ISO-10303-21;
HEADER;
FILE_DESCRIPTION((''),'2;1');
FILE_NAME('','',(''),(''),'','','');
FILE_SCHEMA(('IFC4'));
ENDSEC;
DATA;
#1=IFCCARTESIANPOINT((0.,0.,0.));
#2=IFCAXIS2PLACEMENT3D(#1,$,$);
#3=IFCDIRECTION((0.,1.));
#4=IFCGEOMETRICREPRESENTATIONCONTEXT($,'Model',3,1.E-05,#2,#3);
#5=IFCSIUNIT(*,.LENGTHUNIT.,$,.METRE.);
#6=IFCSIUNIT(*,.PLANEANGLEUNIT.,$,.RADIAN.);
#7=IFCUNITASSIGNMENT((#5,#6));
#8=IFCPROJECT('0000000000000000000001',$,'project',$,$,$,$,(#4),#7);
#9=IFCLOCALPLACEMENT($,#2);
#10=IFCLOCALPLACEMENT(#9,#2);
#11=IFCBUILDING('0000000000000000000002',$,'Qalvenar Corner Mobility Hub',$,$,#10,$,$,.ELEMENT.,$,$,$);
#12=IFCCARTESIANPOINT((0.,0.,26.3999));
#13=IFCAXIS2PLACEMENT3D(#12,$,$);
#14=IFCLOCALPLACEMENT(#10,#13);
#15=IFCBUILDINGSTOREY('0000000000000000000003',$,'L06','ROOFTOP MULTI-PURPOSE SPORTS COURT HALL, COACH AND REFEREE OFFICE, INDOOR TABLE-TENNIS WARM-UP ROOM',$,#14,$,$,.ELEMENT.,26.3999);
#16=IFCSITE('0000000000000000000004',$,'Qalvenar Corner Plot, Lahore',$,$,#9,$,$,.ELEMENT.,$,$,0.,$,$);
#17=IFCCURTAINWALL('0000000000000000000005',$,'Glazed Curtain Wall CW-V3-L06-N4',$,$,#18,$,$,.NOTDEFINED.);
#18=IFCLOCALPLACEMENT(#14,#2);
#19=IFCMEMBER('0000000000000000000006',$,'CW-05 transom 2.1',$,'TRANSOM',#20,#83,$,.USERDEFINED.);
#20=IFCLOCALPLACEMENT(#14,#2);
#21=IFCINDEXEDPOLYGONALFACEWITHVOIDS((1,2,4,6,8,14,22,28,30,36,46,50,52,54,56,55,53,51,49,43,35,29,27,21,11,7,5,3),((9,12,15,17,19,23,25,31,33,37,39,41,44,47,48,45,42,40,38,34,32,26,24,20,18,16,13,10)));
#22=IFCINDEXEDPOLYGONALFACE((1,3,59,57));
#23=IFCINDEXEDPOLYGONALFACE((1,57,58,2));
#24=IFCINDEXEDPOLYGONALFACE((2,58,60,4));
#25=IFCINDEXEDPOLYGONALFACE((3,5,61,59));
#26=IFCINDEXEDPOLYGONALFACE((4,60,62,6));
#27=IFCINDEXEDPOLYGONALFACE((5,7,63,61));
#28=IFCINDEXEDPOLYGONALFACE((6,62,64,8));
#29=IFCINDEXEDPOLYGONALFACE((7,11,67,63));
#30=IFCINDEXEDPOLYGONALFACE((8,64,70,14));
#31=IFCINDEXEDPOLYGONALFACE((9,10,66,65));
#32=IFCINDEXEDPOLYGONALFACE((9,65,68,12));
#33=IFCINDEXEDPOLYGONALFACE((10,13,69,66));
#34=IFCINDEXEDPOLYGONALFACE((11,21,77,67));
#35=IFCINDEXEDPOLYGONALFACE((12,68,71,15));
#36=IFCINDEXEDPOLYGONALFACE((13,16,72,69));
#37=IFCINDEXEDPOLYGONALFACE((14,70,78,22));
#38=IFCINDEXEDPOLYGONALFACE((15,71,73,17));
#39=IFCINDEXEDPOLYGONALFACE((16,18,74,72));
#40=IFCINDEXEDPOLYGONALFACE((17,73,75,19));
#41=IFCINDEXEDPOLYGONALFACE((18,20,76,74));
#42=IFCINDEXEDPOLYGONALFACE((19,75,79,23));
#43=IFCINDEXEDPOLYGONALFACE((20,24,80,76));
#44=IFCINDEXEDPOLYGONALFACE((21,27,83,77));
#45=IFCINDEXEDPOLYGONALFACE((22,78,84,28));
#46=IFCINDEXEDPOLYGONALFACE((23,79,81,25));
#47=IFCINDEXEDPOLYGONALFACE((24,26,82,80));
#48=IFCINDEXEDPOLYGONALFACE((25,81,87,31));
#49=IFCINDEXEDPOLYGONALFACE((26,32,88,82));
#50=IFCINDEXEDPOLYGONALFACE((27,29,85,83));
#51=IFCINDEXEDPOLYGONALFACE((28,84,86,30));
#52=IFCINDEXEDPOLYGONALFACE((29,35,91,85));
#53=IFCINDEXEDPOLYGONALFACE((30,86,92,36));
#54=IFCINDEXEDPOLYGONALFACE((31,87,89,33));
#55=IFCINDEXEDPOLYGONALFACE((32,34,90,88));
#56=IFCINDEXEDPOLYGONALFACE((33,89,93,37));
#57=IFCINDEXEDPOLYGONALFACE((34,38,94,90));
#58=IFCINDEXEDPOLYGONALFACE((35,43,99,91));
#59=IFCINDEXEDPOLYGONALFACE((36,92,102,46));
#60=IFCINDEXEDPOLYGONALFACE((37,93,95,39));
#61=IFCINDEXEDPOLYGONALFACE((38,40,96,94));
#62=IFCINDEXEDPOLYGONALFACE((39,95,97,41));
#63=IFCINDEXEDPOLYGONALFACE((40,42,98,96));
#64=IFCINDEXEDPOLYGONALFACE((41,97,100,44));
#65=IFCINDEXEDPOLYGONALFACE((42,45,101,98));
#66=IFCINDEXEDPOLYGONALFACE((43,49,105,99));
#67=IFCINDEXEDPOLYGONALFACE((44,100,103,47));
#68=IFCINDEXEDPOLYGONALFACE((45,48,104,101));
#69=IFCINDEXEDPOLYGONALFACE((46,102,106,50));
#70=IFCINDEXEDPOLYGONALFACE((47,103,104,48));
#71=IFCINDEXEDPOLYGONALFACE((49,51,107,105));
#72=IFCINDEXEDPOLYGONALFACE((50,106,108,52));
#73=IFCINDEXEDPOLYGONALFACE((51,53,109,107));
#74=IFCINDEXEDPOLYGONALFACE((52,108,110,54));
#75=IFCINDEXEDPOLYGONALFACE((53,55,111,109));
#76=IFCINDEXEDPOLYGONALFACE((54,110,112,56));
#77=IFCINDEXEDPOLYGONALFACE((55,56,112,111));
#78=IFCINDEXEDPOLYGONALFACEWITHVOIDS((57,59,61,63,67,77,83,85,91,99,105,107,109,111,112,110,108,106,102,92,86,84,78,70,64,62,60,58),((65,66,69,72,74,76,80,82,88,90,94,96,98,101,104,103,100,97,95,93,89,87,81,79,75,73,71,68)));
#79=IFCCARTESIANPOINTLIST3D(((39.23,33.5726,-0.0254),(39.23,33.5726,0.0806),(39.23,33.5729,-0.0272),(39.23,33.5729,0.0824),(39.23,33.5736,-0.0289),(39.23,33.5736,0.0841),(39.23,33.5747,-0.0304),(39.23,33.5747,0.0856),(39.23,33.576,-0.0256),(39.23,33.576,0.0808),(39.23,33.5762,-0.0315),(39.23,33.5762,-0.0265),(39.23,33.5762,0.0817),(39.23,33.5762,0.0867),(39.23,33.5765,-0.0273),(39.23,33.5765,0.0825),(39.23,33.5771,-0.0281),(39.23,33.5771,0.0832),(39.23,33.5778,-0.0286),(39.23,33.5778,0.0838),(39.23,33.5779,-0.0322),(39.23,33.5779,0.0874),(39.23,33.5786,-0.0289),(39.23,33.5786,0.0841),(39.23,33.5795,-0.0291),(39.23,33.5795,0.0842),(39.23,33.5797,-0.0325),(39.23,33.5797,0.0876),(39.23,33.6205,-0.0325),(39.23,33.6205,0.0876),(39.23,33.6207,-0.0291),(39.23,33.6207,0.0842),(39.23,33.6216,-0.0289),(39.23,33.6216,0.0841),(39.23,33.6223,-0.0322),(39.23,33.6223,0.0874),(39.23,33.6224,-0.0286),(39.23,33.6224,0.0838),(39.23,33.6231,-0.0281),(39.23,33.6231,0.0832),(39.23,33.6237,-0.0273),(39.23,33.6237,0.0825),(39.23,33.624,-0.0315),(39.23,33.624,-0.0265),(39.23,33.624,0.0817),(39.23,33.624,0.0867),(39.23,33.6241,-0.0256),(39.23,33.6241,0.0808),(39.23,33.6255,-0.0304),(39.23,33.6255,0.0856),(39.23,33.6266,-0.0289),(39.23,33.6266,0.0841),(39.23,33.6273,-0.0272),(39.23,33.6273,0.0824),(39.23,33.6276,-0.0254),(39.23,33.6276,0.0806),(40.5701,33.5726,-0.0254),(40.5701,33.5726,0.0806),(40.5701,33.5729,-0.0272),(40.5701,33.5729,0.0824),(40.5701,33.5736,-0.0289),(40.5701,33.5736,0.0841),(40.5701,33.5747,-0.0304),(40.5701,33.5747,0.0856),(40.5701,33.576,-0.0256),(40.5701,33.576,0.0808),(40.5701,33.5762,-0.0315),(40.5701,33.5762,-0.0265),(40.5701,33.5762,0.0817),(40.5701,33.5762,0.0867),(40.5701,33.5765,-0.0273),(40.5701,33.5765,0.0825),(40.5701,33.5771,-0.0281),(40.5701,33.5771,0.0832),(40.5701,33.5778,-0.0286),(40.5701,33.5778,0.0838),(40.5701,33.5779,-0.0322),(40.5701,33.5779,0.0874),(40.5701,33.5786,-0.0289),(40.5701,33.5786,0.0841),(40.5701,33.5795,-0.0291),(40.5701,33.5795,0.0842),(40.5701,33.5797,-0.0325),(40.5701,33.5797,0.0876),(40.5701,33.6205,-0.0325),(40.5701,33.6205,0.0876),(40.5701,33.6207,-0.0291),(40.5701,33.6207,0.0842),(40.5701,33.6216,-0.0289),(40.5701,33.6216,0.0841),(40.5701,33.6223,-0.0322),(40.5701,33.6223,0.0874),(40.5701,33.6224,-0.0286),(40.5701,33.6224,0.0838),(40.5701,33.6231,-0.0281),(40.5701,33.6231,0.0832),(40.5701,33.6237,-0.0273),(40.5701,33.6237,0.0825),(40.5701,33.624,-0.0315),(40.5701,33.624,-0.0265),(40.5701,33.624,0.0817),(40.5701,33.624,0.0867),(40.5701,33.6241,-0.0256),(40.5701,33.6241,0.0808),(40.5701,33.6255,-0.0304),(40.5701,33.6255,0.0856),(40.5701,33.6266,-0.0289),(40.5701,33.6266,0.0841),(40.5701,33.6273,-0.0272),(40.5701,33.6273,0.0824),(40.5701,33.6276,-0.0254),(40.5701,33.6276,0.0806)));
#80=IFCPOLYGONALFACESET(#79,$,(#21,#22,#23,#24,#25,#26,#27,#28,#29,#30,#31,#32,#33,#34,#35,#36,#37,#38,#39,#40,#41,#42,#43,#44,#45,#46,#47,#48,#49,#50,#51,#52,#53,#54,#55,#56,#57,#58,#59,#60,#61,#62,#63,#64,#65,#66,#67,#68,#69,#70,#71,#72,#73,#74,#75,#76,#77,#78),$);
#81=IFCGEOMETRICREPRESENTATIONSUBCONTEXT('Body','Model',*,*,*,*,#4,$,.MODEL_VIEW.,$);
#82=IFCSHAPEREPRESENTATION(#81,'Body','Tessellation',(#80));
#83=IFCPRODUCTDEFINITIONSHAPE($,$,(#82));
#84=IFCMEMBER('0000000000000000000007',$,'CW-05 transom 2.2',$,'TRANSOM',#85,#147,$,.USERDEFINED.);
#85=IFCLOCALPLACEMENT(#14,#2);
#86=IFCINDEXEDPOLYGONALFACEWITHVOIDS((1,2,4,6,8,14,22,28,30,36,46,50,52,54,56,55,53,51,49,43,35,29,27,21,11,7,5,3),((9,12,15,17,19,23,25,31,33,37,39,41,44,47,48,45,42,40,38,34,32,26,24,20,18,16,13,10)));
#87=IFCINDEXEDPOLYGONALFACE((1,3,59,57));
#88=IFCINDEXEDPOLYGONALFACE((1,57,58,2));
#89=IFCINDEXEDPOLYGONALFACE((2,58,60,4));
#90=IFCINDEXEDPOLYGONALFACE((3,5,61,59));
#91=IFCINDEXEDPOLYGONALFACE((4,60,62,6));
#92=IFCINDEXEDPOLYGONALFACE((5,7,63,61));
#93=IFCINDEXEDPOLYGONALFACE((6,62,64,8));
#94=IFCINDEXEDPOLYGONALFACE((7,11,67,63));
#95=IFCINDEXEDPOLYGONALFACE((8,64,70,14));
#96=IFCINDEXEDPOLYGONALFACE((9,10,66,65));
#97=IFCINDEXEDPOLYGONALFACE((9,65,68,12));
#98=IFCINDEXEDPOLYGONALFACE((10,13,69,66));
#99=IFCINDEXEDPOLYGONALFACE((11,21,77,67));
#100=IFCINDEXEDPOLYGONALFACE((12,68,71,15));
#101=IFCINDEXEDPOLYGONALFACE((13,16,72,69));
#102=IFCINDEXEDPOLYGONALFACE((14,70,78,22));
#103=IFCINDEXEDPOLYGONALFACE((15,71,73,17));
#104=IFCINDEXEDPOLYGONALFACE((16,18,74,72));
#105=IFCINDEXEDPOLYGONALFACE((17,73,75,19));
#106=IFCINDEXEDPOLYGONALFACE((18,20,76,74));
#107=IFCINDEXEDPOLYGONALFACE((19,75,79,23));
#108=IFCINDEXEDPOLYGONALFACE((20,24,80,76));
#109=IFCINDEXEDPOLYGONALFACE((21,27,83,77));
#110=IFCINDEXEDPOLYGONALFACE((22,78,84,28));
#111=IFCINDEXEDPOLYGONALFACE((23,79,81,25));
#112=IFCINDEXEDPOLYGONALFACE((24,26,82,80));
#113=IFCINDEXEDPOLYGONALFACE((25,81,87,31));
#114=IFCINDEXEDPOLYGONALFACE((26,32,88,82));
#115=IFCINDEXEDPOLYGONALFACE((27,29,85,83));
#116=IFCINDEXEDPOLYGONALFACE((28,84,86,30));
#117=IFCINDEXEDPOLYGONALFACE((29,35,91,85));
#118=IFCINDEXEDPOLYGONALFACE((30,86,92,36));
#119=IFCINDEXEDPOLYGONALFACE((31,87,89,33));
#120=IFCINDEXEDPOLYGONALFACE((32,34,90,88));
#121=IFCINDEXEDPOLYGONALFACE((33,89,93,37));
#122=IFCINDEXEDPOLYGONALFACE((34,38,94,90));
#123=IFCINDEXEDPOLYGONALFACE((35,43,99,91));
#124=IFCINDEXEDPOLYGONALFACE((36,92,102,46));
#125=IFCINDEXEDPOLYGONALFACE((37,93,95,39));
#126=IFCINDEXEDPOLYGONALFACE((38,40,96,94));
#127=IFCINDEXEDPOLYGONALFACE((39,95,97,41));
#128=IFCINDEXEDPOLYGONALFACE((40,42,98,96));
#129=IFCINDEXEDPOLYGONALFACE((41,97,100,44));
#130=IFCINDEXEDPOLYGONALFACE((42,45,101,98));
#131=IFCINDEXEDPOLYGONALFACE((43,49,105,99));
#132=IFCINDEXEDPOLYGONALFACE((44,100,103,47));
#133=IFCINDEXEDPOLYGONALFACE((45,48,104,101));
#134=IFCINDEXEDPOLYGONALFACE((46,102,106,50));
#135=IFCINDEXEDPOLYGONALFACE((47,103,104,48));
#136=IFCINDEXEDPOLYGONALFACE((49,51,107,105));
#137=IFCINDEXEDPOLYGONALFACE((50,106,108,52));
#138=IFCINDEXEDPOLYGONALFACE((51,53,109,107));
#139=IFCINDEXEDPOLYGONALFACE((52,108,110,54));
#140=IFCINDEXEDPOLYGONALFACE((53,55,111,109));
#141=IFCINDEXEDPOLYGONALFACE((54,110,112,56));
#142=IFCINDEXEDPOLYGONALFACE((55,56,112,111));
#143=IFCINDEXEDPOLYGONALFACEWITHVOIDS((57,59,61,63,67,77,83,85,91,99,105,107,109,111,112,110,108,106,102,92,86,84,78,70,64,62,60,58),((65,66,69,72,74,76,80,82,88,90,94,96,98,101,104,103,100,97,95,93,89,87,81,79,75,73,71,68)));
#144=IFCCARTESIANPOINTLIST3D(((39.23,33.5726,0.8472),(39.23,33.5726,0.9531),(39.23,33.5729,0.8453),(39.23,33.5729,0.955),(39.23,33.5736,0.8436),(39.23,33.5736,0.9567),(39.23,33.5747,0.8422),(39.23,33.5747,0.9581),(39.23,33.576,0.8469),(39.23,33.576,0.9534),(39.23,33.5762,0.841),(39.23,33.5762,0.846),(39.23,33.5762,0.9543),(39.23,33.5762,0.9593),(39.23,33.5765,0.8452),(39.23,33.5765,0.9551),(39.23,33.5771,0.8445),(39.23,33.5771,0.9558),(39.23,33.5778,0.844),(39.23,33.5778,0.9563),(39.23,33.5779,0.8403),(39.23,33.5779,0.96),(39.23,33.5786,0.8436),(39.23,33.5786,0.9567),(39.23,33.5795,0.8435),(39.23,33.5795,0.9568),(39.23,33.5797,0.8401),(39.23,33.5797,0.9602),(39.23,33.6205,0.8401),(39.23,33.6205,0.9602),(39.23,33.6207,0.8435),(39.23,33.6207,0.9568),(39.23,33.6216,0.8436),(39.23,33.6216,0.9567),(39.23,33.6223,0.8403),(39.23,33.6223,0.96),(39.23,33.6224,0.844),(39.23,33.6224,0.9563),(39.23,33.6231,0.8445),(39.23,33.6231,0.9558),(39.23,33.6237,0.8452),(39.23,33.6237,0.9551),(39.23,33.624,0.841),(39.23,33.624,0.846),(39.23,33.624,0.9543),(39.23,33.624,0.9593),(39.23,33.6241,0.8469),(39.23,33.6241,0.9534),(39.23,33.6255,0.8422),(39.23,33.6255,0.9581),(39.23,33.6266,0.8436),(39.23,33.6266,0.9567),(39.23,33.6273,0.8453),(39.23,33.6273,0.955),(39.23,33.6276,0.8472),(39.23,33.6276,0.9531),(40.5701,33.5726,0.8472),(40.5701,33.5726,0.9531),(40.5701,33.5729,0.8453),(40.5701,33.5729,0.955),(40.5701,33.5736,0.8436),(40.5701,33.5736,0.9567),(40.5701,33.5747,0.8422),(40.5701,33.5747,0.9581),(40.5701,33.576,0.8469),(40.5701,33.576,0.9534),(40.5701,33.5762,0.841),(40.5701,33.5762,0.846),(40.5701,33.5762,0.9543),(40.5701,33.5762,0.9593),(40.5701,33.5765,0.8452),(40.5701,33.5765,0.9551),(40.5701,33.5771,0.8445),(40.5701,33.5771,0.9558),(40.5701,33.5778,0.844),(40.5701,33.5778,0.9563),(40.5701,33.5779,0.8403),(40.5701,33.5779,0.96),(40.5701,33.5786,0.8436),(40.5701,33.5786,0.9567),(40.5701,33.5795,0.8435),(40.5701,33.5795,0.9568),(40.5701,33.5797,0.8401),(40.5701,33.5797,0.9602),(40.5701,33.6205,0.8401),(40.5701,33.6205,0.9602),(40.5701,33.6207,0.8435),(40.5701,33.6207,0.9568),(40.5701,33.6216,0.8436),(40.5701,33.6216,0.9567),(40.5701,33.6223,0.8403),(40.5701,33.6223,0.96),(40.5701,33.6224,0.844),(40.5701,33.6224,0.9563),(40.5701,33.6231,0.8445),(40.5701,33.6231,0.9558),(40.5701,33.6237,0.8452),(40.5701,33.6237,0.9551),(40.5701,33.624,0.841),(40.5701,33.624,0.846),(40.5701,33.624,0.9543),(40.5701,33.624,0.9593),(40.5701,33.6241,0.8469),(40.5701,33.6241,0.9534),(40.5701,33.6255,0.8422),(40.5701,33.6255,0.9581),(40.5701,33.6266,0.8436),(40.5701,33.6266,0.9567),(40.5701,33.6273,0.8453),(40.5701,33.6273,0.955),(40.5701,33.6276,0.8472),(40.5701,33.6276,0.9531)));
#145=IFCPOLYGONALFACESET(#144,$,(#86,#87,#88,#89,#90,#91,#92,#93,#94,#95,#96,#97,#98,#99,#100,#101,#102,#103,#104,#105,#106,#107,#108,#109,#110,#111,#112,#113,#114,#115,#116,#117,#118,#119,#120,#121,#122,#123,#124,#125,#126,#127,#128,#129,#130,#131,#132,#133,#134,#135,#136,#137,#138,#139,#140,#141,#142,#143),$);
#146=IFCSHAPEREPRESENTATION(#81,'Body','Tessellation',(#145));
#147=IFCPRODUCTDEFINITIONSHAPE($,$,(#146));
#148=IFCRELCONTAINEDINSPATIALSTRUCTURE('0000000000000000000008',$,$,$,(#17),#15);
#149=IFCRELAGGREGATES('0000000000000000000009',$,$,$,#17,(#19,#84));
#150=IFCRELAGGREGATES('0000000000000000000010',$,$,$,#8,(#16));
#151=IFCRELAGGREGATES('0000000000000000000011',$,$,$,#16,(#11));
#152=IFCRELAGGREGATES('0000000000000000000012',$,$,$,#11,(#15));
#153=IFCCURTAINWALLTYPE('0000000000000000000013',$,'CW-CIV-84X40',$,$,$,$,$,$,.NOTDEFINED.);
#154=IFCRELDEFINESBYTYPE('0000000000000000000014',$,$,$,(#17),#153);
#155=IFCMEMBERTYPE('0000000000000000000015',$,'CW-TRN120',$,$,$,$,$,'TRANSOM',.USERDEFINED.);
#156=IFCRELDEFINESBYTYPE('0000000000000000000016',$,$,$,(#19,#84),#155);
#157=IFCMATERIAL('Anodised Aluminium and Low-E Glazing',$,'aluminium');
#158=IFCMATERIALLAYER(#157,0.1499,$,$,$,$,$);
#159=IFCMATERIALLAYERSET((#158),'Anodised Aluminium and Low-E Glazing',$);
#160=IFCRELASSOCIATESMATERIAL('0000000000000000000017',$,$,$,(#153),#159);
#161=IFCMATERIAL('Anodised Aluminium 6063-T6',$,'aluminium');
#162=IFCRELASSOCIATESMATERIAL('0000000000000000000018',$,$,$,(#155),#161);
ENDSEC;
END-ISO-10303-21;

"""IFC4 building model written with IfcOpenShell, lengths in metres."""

from ifc_helpers import new_model, si_unit, direction, frame, origin, origin_2d, place, context, subcontext, project, spatial, hollow_rectangle, extrude, material, layer, layer_set, material_profile, profile_set, type_object, element, aggregate, save


model = new_model("IFC4")

# Units and contexts
model_context = context("Model", 3, precision=1e-05, world=origin(), true_north=direction((0.0, 1.0)))
body_context = subcontext(model_context, "Body", "Model", "MODEL_VIEW")
ifc_project = project(units=[si_unit("LENGTHUNIT", "METRE"), si_unit("PLANEANGLEUNIT", "RADIAN")], contexts=[model_context])

# Site, building, storey
site_placement = place(None, origin())
site = spatial("IfcSite", under=ifc_project, at=site_placement, Name="Qalvenar Corner Plot, Lahore", CompositionType="ELEMENT", RefElevation=0.0)
building_placement = place(site_placement, origin())
building = spatial("IfcBuilding", under=site, at=building_placement, Name="Qalvenar Corner Mobility Hub", CompositionType="ELEMENT")
storey_placement = place(building_placement, frame((0.0, 0.0, 26.3999)))
storey = spatial("IfcBuildingStorey", under=building, at=storey_placement, Name="L06", Description="ROOFTOP MULTI-PURPOSE SPORTS COURT HALL, COACH AND REFEREE OFFICE, INDOOR TABLE-TENNIS WARM-UP ROOM", CompositionType="ELEMENT", Elevation=26.3999)

# Curtain wall, members
ifc_material_1 = material(Name="Anodised Aluminium and Low-E Glazing", Category="aluminium")
ifc_layer_1 = layer(ifc_material_1, 0.1499)
ifc_layer_set_1 = layer_set([ifc_layer_1], Name="Anodised Aluminium and Low-E Glazing")
curtain_wall_type = type_object("IfcCurtainWallType", Name="CW-CIV-84X40", PredefinedType="NOTDEFINED", material=ifc_layer_set_1)
curtain_wall_placement = place(storey_placement, origin())
curtain_wall = element("IfcCurtainWall", 1, at=curtain_wall_placement, inside=storey, type_object=curtain_wall_type, Name="Glazed Curtain Wall CW-V3-L06-N4", PredefinedType="NOTDEFINED")
ifc_material_2 = material(Name="Anodised Aluminium 6063-T6", Category="aluminium")
ifc_material_profile_1 = material_profile(ifc_material_2, hollow_rectangle(XDim=0.0549, YDim=0.1201, WallThickness=0.0034, InnerFilletRadius=0.0034, OuterFilletRadius=0.0071, at=origin_2d()), Name="RHS120x55x3.5")
ifc_profile_set_1 = profile_set([ifc_material_profile_1], Name="Anodised Aluminium 6063-T6")
member_type_1 = type_object("IfcMemberType", Name="CW-TRN120", ElementType="TRANSOM", PredefinedType="USERDEFINED", material=ifc_profile_set_1)
member_1_placement = place(storey_placement, frame((40.5701, 33.6001, 0.0276), z_axis=(-1.0, 0.0, 0.0), x_axis=(0.0, -1.0, 0.0)))
member_1 = element("IfcMember", 2, at=member_1_placement, type_object=member_type_1, Name="CW-05 transom 2.1", ObjectType="TRANSOM", PredefinedType="USERDEFINED", context=body_context, shape_type="SweptSolid", body=[
    extrude(hollow_rectangle(XDim=0.0549, YDim=0.1201, WallThickness=0.0034, InnerFilletRadius=0.0034, OuterFilletRadius=0.0071, at=origin_2d()), origin(), (0.0, 0.0, 1.0), 1.3401),
])
member_2_placement = place(storey_placement, frame((40.5701, 33.6001, 0.9001), z_axis=(-1.0, 0.0, 0.0), x_axis=(0.0, -1.0, 0.0)))
member_2 = element("IfcMember", 3, at=member_2_placement, type_object=member_type_1, Name="CW-05 transom 2.2", ObjectType="TRANSOM", PredefinedType="USERDEFINED", context=body_context, shape_type="SweptSolid", body=[
    extrude(hollow_rectangle(XDim=0.0549, YDim=0.1201, WallThickness=0.0034, InnerFilletRadius=0.0034, OuterFilletRadius=0.0071, at=origin_2d()), origin(), (0.0, 0.0, 1.0), 1.3401),
])
aggregate(curtain_wall, [member_1, member_2])

save(model, "model.ifc")
